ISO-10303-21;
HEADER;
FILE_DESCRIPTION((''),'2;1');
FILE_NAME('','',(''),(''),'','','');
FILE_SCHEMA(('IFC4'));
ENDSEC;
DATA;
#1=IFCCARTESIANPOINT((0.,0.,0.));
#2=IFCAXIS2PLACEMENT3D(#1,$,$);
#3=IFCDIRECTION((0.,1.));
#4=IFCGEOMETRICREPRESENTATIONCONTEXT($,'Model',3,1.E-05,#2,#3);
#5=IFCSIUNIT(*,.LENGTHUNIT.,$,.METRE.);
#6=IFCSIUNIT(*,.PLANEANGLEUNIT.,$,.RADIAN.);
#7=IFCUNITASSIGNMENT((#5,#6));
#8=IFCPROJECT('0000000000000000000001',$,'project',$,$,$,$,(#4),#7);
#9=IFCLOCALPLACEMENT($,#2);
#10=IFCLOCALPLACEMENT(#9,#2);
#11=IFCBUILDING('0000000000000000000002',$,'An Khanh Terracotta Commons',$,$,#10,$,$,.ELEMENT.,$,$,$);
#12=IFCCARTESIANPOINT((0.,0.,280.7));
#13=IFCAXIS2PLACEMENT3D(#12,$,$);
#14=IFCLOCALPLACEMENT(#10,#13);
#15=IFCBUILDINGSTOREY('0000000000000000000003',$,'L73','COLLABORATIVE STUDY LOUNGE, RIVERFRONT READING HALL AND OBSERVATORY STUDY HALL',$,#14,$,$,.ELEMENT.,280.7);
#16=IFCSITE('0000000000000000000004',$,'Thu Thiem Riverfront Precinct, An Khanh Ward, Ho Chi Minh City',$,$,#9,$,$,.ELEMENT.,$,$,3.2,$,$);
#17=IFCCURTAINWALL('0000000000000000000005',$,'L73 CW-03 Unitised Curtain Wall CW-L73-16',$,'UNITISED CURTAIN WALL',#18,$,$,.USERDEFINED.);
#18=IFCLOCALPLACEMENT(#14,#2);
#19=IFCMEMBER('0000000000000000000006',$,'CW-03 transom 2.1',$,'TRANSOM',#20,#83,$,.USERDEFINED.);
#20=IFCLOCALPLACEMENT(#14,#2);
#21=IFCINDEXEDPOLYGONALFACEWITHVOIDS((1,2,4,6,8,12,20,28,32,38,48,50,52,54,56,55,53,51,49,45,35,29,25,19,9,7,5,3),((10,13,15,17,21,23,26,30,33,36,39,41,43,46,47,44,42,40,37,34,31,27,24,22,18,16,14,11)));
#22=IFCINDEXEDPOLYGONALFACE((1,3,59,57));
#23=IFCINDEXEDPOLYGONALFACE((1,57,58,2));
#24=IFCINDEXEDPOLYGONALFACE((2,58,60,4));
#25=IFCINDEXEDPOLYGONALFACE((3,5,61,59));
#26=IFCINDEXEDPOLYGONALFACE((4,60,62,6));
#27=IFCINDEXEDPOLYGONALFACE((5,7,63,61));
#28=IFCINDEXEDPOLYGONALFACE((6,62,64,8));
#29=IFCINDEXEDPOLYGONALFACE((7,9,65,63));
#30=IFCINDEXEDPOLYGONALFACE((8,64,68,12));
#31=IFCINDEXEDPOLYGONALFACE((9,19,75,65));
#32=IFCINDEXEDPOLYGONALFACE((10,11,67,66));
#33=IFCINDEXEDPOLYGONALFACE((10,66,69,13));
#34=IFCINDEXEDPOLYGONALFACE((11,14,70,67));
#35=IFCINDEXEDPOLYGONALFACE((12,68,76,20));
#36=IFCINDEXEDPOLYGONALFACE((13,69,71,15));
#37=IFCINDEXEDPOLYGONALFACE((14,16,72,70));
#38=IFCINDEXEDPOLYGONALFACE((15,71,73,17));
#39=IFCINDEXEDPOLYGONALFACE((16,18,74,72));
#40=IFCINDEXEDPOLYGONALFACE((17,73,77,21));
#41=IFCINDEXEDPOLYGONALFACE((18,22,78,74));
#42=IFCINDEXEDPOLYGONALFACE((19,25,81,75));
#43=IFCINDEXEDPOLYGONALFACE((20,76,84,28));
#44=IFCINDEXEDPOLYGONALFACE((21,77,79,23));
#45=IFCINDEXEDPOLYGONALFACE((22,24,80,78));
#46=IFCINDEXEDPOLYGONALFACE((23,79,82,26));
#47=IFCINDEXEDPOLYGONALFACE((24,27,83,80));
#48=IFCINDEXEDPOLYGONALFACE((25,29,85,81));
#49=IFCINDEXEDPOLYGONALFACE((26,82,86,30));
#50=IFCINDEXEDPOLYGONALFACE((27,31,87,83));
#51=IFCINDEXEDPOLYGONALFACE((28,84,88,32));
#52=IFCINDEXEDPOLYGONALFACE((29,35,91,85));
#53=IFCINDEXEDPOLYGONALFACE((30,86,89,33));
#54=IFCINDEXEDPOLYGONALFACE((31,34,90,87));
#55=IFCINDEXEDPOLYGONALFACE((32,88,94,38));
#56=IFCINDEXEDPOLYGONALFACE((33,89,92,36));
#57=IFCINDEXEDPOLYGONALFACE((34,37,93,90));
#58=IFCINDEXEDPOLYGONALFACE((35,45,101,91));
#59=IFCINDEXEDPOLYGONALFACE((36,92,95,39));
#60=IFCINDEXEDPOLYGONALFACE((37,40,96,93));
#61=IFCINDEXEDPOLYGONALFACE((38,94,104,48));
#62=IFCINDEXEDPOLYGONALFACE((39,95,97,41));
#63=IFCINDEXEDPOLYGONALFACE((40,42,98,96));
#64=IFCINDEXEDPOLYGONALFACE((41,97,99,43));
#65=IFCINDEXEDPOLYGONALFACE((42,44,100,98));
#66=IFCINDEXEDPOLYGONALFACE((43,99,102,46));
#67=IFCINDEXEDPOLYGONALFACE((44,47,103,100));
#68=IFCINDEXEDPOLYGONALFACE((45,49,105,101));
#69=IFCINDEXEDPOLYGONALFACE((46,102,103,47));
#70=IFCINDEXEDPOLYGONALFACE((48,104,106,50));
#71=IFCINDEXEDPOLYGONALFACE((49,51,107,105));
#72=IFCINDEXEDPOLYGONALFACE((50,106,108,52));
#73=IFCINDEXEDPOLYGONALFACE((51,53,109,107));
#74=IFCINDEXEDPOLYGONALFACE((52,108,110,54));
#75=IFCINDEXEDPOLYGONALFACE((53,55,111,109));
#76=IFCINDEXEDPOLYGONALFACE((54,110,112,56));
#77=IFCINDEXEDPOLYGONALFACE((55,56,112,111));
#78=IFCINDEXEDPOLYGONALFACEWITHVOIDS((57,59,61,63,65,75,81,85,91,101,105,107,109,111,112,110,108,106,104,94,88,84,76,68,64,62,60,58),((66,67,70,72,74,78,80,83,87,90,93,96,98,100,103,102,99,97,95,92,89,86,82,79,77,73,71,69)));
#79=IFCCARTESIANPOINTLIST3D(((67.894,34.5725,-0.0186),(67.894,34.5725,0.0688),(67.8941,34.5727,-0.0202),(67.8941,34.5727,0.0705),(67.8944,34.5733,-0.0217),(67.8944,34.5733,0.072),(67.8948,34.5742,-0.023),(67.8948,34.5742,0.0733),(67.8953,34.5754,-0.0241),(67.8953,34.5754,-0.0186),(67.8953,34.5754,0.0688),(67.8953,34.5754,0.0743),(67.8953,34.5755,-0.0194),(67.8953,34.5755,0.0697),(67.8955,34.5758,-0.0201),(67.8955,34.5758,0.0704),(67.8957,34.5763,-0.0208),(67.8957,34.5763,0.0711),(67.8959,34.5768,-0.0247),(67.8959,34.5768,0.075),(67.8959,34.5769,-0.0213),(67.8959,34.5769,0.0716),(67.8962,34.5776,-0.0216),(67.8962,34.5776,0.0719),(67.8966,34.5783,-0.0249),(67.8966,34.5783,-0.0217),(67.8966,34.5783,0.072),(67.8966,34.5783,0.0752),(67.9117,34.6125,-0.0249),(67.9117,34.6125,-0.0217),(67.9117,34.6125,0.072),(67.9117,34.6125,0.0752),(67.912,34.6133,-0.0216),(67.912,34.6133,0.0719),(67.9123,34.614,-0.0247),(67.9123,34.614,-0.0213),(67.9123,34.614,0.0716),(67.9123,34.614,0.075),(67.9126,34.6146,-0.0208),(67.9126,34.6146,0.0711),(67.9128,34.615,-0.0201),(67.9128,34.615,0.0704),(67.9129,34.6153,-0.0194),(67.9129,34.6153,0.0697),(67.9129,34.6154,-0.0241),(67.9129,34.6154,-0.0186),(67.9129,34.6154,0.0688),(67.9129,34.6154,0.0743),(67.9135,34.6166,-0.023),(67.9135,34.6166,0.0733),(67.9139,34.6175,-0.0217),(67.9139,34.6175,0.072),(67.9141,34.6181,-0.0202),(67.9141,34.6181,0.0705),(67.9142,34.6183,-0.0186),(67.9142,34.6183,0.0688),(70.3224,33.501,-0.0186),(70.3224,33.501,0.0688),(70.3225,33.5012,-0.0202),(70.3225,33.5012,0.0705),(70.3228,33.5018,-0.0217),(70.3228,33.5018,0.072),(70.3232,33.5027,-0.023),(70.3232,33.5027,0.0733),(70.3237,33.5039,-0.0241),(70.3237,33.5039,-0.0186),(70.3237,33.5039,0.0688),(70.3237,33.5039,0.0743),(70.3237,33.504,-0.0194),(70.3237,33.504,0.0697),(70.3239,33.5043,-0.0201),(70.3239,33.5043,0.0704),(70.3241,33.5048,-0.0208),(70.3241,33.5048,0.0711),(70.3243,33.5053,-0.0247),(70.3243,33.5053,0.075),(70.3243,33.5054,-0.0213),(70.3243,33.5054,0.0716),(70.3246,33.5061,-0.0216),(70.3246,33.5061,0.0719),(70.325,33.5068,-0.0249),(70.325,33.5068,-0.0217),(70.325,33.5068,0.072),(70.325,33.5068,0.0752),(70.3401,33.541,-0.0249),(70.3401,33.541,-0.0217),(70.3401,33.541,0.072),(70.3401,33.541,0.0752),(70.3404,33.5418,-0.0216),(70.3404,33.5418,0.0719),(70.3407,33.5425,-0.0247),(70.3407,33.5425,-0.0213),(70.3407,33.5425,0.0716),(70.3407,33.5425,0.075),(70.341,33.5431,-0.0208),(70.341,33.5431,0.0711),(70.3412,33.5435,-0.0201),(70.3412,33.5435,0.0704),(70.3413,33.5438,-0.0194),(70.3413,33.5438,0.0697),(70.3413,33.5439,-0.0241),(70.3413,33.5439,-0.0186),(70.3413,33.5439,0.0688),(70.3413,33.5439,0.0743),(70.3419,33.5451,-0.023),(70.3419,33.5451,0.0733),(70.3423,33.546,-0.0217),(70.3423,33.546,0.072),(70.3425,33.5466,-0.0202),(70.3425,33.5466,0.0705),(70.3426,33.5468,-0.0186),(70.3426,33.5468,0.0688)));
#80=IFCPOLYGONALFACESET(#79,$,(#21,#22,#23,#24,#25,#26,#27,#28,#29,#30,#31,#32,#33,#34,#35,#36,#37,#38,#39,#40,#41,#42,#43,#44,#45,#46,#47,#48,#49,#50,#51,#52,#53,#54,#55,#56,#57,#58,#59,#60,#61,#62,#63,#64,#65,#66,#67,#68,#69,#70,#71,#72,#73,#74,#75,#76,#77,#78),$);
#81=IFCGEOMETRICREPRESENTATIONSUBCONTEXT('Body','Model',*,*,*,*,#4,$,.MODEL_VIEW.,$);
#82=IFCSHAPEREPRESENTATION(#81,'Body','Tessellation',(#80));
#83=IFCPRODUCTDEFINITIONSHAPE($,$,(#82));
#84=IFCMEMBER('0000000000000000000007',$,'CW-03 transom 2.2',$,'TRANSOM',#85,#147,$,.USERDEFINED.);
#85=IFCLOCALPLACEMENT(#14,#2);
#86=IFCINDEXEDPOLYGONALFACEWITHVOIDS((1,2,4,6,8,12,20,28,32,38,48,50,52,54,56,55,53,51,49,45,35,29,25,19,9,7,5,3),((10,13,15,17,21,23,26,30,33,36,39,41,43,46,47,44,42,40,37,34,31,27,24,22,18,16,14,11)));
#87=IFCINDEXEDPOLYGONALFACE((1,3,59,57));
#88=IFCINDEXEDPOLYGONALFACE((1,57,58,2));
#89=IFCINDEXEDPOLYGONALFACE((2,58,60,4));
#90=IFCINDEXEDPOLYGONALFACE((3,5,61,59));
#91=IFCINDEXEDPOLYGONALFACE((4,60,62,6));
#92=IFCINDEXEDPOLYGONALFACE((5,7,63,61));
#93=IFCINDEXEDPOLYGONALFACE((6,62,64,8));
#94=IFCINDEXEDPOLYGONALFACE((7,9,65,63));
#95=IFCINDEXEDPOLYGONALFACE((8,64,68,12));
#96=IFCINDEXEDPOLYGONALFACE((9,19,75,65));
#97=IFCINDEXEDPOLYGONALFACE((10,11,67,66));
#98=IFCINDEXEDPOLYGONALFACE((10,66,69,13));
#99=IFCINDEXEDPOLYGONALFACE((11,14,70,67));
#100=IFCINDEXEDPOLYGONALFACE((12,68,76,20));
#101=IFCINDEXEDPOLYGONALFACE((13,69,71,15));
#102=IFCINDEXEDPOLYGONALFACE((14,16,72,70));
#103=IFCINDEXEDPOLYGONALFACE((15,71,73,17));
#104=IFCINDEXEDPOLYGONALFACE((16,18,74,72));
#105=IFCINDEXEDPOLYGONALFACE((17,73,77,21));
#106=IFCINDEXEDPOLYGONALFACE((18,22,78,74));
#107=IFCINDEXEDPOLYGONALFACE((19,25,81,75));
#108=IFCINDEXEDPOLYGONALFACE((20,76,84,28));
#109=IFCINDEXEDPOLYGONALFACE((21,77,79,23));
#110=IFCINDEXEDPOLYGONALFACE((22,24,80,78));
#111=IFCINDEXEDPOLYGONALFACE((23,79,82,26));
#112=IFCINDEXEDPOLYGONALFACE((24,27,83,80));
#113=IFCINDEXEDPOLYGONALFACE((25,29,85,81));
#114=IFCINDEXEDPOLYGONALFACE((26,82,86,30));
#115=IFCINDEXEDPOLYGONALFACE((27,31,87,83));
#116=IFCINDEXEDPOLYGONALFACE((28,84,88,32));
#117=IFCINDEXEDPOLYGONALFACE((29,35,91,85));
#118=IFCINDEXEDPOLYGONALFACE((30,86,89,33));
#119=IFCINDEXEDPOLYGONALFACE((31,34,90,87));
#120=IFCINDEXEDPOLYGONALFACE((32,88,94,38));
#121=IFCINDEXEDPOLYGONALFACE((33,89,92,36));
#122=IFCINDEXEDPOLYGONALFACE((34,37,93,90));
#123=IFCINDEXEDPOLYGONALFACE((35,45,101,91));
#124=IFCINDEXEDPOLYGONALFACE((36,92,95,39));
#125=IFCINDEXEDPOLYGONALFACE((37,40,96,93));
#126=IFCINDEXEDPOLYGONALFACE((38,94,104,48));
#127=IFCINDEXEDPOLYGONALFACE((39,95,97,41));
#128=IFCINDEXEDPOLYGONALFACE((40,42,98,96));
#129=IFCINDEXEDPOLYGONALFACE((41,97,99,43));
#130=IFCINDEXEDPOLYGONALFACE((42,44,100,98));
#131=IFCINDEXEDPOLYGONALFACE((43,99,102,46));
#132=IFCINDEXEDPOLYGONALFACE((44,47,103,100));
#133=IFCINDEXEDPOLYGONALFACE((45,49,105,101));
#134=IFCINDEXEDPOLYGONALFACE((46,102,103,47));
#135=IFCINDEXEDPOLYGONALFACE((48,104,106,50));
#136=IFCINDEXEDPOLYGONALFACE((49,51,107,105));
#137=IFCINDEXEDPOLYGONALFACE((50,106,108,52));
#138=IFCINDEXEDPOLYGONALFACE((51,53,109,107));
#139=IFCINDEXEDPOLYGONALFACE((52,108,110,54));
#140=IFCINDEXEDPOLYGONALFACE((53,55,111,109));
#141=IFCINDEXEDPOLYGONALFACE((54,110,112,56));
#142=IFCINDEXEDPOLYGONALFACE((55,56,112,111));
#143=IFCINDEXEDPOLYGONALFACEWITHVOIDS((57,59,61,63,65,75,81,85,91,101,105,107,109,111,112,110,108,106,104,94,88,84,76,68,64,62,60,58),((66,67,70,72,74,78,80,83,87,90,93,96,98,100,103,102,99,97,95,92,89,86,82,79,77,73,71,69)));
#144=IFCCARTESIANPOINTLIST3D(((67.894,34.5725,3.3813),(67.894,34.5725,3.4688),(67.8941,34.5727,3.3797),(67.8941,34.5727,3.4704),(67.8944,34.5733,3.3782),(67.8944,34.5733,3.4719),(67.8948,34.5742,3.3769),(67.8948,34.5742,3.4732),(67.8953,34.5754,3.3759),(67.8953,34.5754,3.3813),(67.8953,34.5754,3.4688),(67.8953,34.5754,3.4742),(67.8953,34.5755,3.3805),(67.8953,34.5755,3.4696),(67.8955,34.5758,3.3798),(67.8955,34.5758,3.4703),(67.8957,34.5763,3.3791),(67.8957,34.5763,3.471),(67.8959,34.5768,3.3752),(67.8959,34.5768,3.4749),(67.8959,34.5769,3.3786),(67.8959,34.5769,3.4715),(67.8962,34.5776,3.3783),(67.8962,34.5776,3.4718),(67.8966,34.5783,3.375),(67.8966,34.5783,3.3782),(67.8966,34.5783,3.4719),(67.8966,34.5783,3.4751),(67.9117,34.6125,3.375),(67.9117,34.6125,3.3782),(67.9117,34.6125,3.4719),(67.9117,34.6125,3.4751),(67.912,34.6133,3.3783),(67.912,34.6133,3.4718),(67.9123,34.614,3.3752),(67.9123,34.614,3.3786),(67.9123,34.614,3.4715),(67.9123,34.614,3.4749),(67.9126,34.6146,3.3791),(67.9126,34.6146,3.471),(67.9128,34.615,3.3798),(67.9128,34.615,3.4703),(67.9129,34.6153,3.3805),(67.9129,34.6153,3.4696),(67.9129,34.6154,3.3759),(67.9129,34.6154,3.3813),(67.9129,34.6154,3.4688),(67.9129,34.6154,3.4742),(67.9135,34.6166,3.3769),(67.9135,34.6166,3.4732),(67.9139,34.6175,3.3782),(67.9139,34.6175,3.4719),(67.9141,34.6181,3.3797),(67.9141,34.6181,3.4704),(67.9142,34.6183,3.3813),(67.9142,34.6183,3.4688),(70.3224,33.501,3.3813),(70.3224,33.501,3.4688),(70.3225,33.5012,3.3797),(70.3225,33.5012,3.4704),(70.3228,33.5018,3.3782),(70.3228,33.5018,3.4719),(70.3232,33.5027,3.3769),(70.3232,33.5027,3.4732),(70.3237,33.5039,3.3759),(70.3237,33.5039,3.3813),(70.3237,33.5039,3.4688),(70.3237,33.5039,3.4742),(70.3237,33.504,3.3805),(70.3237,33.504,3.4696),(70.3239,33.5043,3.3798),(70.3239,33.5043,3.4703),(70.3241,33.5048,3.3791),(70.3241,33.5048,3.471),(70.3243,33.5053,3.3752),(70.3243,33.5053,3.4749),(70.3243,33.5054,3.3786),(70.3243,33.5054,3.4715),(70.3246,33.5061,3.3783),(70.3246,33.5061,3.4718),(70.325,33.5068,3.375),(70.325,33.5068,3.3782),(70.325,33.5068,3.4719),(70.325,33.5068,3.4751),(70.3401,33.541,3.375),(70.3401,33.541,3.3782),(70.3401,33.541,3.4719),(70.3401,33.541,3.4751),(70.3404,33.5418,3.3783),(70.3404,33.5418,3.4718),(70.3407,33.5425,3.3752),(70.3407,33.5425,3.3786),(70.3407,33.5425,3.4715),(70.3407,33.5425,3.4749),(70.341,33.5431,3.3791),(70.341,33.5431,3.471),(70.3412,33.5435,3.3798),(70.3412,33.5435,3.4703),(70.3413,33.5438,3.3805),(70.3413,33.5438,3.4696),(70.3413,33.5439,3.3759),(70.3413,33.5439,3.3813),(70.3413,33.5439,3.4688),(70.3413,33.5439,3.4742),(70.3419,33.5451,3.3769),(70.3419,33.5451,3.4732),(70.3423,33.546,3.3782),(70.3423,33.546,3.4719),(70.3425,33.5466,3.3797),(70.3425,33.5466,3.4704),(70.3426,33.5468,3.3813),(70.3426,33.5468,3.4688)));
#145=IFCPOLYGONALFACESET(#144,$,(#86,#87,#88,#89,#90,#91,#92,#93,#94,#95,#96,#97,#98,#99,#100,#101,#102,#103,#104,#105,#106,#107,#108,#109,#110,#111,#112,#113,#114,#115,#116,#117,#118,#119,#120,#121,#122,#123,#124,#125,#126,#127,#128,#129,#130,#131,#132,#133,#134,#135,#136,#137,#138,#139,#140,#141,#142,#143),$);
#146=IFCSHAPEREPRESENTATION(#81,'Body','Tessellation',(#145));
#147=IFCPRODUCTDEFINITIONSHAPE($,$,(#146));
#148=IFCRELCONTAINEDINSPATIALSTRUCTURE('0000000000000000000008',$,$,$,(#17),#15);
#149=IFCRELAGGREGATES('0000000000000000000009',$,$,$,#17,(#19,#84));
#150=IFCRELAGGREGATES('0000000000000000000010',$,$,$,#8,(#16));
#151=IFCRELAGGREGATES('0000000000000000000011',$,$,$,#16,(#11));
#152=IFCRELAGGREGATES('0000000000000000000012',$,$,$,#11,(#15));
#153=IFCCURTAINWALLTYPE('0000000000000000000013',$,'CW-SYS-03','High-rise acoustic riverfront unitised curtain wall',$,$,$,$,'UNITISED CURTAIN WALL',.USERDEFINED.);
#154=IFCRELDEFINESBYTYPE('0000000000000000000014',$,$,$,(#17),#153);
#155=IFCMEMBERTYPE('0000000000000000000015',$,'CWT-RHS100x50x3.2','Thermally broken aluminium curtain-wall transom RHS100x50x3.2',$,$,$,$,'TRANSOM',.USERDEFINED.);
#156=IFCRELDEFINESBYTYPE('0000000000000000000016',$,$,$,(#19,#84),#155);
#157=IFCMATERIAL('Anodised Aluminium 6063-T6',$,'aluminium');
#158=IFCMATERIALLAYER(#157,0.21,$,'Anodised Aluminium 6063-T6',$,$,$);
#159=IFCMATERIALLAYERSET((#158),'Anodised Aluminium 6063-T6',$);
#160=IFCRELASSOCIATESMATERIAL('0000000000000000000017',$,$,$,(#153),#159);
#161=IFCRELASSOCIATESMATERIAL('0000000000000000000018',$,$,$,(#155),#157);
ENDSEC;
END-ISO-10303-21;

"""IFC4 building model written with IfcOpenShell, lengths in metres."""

from ifc_helpers import new_model, si_unit, direction, frame, origin, origin_2d, place, context, subcontext, project, spatial, hollow_rectangle, extrude, material, layer, layer_set, material_profile, profile_set, type_object, element, aggregate, save


model = new_model("IFC4")

# Units and contexts
model_context = context("Model", 3, precision=1e-05, world=origin(), true_north=direction((0.0, 1.0)))
body_context = subcontext(model_context, "Body", "Model", "MODEL_VIEW")
ifc_project = project(units=[si_unit("LENGTHUNIT", "METRE"), si_unit("PLANEANGLEUNIT", "RADIAN")], contexts=[model_context])

# Site, building, storey
site_placement = place(None, origin())
site = spatial("IfcSite", under=ifc_project, at=site_placement, Name="Thu Thiem Riverfront Precinct, An Khanh Ward, Ho Chi Minh City", CompositionType="ELEMENT", RefElevation=3.2)
building_placement = place(site_placement, origin())
building = spatial("IfcBuilding", under=site, at=building_placement, Name="An Khanh Terracotta Commons", CompositionType="ELEMENT")
storey_placement = place(building_placement, frame((0.0, 0.0, 280.7)))
storey = spatial("IfcBuildingStorey", under=building, at=storey_placement, Name="L73", Description="COLLABORATIVE STUDY LOUNGE, RIVERFRONT READING HALL AND OBSERVATORY STUDY HALL", CompositionType="ELEMENT", Elevation=280.7)

# Curtain wall
ifc_material_1 = material(Name="Anodised Aluminium 6063-T6", Category="aluminium")
ifc_layer_1 = layer(ifc_material_1, 0.21, Name="Anodised Aluminium 6063-T6")
ifc_layer_set_1 = layer_set([ifc_layer_1], Name="Anodised Aluminium 6063-T6")
curtain_wall_type = type_object("IfcCurtainWallType", Name="CW-SYS-03", Description="High-rise acoustic riverfront unitised curtain wall", ElementType="UNITISED CURTAIN WALL", PredefinedType="USERDEFINED", material=ifc_layer_set_1)
curtain_wall_1_placement = place(storey_placement, origin())
curtain_wall_1 = element("IfcCurtainWall", 1, at=curtain_wall_1_placement, inside=storey, type_object=curtain_wall_type, Name="L73 CW-03 Unitised Curtain Wall CW-L73-16", ObjectType="UNITISED CURTAIN WALL", PredefinedType="USERDEFINED")

# Members
ifc_material_profile_1 = material_profile(ifc_material_1, hollow_rectangle(XDim=0.05, YDim=0.1001, WallThickness=0.0032, InnerFilletRadius=0.0032, OuterFilletRadius=0.0063, at=origin_2d()), Name="RHS100x50x3.2")
ifc_profile_set_1 = profile_set([ifc_material_profile_1], Name="Anodised Aluminium 6063-T6")
member_type_1 = type_object("IfcMemberType", Name="CWT-RHS100x50x3.2", Description="Thermally broken aluminium curtain-wall transom RHS100x50x3.2", ElementType="TRANSOM", PredefinedType="USERDEFINED", material=ifc_profile_set_1)
member_1_placement = place(storey_placement, frame((70.3325, 33.5239, 0.0251), z_axis=(-0.914897, 0.403688, 0.0), x_axis=(-0.403688, -0.914897, 0.0)))
member_1 = element("IfcMember", 2, at=member_1_placement, type_object=member_type_1, Name="CW-03 transom 2.1", ObjectType="TRANSOM", PredefinedType="USERDEFINED", context=body_context, shape_type="SweptSolid", body=[
    extrude(hollow_rectangle(XDim=0.05, YDim=0.1001, WallThickness=0.0032, InnerFilletRadius=0.0032, OuterFilletRadius=0.0063, at=origin_2d()), origin(), (0.0, 0.0, 1.0), 2.6543),
])
member_2_placement = place(storey_placement, frame((70.3325, 33.5239, 3.425), z_axis=(-0.914897, 0.403688, 0.0), x_axis=(-0.403688, -0.914897, 0.0)))
member_2 = element("IfcMember", 3, at=member_2_placement, type_object=member_type_1, Name="CW-03 transom 2.2", ObjectType="TRANSOM", PredefinedType="USERDEFINED", context=body_context, shape_type="SweptSolid", body=[
    extrude(hollow_rectangle(XDim=0.05, YDim=0.1001, WallThickness=0.0032, InnerFilletRadius=0.0032, OuterFilletRadius=0.0063, at=origin_2d()), origin(), (0.0, 0.0, 1.0), 2.6543),
])

aggregate(curtain_wall_1, [member_1, member_2])

save(model, "model.ifc")
